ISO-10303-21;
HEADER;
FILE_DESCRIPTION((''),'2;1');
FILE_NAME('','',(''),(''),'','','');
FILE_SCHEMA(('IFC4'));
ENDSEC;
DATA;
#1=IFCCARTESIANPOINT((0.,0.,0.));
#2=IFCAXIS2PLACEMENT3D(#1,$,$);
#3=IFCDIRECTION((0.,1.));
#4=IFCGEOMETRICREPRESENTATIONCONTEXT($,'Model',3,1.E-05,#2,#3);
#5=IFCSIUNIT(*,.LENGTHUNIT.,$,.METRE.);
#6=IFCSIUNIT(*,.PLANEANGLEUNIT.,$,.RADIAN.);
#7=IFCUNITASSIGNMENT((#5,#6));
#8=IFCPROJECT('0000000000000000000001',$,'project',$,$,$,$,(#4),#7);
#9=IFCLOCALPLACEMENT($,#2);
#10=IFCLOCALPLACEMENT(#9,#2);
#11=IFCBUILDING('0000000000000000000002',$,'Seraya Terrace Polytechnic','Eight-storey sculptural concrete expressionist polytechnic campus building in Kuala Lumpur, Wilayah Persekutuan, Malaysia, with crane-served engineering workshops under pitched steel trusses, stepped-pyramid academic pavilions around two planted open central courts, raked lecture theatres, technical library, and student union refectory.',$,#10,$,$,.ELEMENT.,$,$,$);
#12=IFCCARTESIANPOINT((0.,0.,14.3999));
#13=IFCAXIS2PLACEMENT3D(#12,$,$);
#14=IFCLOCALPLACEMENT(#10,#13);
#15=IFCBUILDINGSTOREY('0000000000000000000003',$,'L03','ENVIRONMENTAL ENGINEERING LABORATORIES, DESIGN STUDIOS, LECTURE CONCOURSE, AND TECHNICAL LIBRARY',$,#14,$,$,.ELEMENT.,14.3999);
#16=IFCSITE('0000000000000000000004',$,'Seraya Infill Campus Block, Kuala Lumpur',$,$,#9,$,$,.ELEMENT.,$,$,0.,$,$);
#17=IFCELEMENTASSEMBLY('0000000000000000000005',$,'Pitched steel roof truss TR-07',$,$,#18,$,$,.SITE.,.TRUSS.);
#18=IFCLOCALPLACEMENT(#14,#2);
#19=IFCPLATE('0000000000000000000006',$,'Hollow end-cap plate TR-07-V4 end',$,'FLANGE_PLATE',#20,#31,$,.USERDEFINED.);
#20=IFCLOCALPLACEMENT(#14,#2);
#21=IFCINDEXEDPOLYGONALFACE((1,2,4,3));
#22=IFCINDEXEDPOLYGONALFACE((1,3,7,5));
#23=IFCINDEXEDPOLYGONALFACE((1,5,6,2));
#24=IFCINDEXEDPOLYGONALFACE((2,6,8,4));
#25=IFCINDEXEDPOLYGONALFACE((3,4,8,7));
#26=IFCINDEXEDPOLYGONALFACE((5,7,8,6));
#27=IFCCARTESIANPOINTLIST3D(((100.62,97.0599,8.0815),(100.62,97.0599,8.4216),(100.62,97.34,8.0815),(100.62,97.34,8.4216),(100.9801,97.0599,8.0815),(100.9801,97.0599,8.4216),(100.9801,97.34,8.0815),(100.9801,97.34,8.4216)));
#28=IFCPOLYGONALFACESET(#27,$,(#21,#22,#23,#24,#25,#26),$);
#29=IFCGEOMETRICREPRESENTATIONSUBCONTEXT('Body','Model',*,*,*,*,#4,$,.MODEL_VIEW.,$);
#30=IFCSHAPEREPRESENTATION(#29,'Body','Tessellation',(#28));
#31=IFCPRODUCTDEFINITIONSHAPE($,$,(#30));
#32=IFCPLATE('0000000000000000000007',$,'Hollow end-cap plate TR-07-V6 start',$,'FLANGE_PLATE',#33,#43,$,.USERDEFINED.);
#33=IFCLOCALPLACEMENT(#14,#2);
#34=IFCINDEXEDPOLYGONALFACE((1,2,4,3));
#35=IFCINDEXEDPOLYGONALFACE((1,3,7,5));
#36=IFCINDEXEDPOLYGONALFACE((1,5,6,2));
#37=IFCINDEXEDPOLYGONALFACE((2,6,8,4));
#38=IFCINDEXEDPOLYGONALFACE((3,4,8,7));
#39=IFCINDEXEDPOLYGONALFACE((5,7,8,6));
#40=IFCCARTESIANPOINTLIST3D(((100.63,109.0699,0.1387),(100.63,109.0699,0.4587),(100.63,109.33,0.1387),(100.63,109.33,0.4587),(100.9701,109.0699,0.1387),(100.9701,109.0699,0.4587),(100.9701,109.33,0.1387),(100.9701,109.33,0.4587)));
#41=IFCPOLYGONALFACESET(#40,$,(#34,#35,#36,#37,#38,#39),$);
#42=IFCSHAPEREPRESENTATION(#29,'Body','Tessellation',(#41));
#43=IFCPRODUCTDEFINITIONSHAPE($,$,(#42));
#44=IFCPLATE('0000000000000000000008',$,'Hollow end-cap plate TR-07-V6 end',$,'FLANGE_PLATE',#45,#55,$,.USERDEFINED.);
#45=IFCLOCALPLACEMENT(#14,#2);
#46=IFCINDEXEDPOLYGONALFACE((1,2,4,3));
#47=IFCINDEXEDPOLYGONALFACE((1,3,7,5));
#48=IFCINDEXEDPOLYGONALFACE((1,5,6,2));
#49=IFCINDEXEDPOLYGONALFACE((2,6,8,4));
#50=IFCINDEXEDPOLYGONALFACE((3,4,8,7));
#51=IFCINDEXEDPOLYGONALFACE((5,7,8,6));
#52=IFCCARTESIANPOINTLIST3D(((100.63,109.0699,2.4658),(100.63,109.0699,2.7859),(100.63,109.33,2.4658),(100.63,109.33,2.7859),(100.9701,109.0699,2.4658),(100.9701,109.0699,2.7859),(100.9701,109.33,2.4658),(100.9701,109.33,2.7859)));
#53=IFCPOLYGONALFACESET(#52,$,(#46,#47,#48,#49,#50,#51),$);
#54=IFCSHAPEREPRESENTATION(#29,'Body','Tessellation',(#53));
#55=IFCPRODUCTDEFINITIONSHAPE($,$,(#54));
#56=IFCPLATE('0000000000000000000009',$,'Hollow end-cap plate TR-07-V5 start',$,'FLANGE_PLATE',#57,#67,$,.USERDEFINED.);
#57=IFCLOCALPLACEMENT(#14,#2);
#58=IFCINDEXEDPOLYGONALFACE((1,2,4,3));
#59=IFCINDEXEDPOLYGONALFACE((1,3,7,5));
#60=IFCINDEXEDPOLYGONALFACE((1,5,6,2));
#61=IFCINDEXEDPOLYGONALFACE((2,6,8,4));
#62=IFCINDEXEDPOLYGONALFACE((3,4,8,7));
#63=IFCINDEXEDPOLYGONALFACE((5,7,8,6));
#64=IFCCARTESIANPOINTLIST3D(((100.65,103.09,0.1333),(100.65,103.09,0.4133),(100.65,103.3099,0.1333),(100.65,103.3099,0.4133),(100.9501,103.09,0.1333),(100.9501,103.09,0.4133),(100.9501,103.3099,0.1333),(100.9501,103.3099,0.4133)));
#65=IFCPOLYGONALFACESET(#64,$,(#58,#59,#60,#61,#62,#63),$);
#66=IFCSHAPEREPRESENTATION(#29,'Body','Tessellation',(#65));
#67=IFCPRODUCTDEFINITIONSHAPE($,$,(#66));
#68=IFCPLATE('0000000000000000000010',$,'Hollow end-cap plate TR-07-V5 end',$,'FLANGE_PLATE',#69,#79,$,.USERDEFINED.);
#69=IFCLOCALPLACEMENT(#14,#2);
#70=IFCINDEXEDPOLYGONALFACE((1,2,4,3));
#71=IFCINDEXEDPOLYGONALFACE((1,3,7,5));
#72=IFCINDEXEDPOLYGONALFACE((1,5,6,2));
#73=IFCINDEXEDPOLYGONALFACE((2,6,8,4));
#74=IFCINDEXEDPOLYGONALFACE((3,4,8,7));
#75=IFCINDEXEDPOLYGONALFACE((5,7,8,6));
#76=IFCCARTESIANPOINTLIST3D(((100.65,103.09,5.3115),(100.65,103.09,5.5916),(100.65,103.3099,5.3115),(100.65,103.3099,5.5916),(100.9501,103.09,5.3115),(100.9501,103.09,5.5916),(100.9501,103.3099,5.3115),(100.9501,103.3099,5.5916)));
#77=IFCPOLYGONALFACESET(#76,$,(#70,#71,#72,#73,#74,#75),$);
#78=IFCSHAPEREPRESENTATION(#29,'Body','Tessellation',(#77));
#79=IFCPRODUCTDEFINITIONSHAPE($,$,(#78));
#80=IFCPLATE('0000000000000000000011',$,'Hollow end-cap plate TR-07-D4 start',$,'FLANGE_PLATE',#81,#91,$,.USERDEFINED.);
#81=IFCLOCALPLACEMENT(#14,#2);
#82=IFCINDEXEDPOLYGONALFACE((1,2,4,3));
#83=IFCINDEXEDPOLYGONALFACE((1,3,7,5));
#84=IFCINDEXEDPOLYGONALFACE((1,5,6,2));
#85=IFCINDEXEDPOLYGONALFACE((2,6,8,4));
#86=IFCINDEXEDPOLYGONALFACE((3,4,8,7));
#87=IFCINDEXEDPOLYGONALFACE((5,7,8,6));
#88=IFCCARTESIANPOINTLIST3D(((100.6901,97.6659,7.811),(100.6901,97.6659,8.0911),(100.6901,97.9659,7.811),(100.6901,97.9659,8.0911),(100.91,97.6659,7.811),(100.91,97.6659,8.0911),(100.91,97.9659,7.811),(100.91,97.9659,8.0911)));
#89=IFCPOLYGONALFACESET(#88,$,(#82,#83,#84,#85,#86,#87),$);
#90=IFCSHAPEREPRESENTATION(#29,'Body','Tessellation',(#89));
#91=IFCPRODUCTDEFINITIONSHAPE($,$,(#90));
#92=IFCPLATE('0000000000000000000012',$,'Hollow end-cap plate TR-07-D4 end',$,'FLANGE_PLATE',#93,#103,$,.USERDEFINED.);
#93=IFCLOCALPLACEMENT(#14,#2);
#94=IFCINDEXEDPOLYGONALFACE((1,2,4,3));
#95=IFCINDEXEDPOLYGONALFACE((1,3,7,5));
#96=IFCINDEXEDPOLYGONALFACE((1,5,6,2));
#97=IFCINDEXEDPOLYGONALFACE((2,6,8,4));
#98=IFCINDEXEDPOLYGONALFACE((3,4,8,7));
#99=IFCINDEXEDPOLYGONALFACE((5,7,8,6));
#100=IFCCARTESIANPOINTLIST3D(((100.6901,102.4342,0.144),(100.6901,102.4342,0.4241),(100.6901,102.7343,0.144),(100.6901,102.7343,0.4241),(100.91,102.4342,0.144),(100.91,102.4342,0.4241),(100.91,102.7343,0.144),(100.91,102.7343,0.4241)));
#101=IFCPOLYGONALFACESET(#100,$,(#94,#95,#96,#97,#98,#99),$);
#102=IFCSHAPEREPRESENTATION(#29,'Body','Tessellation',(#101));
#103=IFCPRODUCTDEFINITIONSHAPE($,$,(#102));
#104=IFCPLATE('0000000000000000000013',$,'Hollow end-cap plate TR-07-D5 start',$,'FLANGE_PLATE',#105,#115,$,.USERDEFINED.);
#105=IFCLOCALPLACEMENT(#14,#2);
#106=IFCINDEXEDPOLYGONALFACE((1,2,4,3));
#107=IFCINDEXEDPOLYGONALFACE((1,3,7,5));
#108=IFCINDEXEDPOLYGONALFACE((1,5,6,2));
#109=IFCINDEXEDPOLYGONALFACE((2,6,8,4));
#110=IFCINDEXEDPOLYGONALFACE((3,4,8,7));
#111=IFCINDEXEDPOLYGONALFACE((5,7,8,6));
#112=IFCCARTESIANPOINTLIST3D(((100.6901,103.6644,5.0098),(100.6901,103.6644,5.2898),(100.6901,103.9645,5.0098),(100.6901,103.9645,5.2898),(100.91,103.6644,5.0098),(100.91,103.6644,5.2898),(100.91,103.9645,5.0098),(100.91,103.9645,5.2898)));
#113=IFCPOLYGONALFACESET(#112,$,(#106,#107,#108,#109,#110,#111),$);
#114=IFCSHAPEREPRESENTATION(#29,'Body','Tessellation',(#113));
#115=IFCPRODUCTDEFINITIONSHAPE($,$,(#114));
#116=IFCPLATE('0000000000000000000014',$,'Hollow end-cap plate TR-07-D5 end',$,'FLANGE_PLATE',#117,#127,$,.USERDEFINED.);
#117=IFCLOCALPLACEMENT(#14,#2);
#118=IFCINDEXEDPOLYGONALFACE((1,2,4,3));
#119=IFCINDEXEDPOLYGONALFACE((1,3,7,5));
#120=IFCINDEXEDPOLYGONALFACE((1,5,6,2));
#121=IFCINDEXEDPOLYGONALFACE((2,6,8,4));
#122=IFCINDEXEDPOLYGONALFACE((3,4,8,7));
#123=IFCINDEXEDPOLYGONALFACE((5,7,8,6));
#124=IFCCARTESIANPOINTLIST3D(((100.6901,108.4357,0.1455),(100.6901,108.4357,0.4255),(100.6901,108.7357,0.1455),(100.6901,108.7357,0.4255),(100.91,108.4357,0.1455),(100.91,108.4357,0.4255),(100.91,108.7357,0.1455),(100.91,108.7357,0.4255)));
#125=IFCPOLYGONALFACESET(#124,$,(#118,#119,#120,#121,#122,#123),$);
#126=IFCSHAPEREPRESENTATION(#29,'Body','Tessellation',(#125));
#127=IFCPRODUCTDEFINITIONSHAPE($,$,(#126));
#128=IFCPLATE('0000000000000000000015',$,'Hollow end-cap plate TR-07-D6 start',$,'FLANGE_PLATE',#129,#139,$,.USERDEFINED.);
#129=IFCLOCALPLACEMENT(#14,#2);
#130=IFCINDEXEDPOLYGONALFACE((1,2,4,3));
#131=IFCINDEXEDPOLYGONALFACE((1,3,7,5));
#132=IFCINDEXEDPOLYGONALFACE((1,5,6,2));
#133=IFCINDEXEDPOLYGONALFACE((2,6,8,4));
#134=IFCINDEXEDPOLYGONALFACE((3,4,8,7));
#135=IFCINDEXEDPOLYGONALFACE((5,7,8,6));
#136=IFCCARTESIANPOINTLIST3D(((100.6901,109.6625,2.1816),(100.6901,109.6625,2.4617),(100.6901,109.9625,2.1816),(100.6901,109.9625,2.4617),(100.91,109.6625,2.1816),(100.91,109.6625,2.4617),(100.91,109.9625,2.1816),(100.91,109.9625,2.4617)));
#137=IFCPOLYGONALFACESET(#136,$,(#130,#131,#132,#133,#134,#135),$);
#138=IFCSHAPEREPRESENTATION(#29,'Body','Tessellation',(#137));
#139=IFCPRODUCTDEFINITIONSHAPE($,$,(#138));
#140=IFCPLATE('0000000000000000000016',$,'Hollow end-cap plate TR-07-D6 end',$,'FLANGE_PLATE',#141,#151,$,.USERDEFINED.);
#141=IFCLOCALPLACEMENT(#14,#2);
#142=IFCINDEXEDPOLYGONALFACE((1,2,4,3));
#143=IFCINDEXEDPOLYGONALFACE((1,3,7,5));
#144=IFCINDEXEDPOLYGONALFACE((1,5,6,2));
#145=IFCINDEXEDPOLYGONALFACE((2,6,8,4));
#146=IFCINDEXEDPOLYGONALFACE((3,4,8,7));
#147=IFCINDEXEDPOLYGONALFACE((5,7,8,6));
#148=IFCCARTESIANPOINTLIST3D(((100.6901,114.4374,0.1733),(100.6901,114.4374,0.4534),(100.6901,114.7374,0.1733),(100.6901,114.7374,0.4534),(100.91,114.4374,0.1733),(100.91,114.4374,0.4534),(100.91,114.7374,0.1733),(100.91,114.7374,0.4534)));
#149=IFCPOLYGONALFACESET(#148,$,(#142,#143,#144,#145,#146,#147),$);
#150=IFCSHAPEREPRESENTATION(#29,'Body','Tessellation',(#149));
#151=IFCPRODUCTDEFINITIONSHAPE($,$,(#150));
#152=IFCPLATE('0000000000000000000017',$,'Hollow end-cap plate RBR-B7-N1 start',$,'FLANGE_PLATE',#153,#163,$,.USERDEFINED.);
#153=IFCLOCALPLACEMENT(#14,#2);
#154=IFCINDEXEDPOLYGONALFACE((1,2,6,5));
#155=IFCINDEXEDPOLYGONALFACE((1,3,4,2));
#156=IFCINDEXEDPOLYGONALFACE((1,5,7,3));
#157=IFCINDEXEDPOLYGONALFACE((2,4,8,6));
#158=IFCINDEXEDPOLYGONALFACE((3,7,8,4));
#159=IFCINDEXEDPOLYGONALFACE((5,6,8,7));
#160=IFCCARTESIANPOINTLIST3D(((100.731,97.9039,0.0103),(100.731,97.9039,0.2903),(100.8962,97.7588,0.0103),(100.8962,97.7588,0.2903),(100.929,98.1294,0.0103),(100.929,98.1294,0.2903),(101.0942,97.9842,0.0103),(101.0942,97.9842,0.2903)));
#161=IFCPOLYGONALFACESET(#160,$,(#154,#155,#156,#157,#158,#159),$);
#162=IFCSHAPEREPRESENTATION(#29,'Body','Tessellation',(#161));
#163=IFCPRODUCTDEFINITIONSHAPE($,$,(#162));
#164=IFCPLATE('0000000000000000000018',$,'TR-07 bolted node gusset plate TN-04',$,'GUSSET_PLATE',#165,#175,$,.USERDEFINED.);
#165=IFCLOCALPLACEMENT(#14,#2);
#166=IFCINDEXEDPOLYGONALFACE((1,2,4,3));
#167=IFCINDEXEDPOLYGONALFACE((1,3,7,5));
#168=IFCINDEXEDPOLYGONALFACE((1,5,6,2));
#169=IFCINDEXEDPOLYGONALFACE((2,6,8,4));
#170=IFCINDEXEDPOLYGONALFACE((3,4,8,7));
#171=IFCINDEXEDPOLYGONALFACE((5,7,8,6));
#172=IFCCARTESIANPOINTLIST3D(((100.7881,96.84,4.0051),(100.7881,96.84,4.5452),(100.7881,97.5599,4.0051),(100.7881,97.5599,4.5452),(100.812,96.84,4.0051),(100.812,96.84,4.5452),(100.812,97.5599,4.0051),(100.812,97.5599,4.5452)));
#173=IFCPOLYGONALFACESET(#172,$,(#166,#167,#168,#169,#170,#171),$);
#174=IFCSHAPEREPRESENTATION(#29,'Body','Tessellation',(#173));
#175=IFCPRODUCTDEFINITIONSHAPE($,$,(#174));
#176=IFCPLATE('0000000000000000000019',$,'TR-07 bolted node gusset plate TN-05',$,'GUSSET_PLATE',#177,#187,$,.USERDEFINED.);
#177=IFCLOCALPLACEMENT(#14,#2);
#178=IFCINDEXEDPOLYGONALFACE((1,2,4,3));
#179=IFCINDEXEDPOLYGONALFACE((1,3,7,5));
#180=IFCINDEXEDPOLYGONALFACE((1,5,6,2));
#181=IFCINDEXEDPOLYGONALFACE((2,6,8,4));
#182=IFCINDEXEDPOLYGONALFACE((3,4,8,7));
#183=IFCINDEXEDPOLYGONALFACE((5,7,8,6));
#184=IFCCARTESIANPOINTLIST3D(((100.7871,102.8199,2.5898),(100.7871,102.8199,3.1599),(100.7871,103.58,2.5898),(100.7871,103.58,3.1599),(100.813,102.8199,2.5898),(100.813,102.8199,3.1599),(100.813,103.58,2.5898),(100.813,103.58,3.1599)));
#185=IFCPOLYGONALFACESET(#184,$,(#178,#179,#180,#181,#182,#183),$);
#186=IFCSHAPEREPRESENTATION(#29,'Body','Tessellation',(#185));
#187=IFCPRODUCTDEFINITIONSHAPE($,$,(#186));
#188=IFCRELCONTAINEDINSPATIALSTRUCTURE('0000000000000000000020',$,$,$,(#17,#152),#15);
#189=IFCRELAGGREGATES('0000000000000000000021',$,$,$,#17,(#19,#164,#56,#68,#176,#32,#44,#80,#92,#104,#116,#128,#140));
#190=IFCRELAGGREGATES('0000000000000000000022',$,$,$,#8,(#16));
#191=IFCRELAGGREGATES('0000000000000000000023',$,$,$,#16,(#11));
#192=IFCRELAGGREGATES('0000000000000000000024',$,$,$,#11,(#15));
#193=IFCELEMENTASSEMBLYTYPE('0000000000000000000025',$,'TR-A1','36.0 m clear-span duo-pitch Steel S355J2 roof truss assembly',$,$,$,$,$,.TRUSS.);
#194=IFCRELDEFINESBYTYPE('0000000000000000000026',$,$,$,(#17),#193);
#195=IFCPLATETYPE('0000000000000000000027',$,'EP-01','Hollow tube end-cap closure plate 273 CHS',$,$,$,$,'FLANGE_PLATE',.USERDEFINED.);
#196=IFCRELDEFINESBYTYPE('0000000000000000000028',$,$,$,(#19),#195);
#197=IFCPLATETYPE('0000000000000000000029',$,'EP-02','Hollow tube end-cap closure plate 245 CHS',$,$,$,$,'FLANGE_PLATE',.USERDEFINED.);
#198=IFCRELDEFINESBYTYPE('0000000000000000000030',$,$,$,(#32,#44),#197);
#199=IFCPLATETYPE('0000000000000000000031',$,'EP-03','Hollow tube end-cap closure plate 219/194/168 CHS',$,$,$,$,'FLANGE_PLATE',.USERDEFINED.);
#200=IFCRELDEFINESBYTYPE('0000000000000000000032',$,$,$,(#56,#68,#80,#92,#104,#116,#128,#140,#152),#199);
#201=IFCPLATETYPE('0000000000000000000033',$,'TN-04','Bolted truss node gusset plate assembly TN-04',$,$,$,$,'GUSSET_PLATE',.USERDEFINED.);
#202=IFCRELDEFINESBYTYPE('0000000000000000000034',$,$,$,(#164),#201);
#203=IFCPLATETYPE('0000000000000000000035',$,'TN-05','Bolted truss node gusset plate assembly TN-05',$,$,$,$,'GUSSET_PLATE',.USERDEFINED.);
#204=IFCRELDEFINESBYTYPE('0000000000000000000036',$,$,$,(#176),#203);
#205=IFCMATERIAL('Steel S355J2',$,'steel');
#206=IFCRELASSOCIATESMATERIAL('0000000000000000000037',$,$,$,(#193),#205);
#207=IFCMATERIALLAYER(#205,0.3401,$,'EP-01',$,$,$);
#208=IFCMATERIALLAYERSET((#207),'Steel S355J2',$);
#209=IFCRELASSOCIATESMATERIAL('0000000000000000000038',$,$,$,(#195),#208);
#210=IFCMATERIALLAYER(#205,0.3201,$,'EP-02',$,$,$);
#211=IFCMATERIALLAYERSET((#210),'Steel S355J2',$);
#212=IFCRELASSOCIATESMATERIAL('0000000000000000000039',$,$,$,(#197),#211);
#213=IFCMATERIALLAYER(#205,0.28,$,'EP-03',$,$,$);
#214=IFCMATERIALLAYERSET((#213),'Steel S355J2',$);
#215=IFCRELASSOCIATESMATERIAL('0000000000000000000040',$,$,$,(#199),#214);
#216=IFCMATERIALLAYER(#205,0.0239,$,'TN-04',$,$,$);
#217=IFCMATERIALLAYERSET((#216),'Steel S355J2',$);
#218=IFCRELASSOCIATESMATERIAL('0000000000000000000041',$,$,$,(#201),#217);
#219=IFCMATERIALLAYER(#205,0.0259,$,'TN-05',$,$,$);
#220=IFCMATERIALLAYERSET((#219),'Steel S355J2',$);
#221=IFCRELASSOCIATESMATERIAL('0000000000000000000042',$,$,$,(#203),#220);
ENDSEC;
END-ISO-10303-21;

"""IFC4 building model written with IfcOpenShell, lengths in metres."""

from ifc_helpers import new_model, si_unit, direction, frame, origin, origin_2d, place, context, subcontext, project, spatial, rectangle, extrude, material, layer, layer_set, type_object, element, aggregate, save


model = new_model("IFC4")

# Units and contexts
model_context = context("Model", 3, precision=1e-05, world=origin(), true_north=direction((0.0, 1.0)))
body_context = subcontext(model_context, "Body", "Model", "MODEL_VIEW")
ifc_project = project(units=[si_unit("LENGTHUNIT", "METRE"), si_unit("PLANEANGLEUNIT", "RADIAN")], contexts=[model_context])

# Site, building, storey
site_placement = place(None, origin())
site = spatial("IfcSite", under=ifc_project, at=site_placement, Name="Seraya Infill Campus Block, Kuala Lumpur", CompositionType="ELEMENT", RefElevation=0.0)
building_placement = place(site_placement, origin())
building = spatial("IfcBuilding", under=site, at=building_placement, Name="Seraya Terrace Polytechnic", Description="Eight-storey sculptural concrete expressionist polytechnic campus building in Kuala Lumpur, Wilayah Persekutuan, Malaysia, with crane-served engineering workshops under pitched steel trusses, stepped-pyramid academic pavilions around two planted open central courts, raked lecture theatres, technical library, and student union refectory.", CompositionType="ELEMENT")
storey_placement = place(building_placement, frame((0.0, 0.0, 14.3999)))
storey = spatial("IfcBuildingStorey", under=building, at=storey_placement, Name="L03", Description="ENVIRONMENTAL ENGINEERING LABORATORIES, DESIGN STUDIOS, LECTURE CONCOURSE, AND TECHNICAL LIBRARY", CompositionType="ELEMENT", Elevation=14.3999)

# Element assembly
ifc_material_1 = material(Name="Steel S355J2", Category="steel")
element_assembly_type = type_object("IfcElementAssemblyType", Name="TR-A1", Description="36.0 m clear-span duo-pitch Steel S355J2 roof truss assembly", PredefinedType="TRUSS", material=ifc_material_1)
assembly_placement = place(storey_placement, origin())
assembly = element("IfcElementAssembly", 1, at=assembly_placement, inside=storey, type_object=element_assembly_type, Name="Pitched steel roof truss TR-07", AssemblyPlace="SITE", PredefinedType="TRUSS")

# Plates
ifc_layer_1 = layer(ifc_material_1, 0.3401, Name="EP-01")
ifc_layer_set_1 = layer_set([ifc_layer_1], Name="Steel S355J2")
plate_type_1 = type_object("IfcPlateType", Name="EP-01", Description="Hollow tube end-cap closure plate 273 CHS", ElementType="FLANGE_PLATE", PredefinedType="USERDEFINED", material=ifc_layer_set_1)
plate_1_placement = place(storey_placement, frame((100.8, 97.2, 8.0815), z_axis=(0.0, 0.0, 1.0), x_axis=(1.0, 0.0, 0.0)))
plate_1 = element("IfcPlate", 2, at=plate_1_placement, type_object=plate_type_1, Name="Hollow end-cap plate TR-07-V4 end", ObjectType="FLANGE_PLATE", PredefinedType="USERDEFINED", context=body_context, shape_type="SweptSolid", body=[
    extrude(rectangle(XDim=0.3601, YDim=0.28, at=origin_2d()), origin(), (0.0, 0.0, 1.0), 0.3401),
])
ifc_layer_2 = layer(ifc_material_1, 0.3201, Name="EP-02")
ifc_layer_set_2 = layer_set([ifc_layer_2], Name="Steel S355J2")
plate_type_2 = type_object("IfcPlateType", Name="EP-02", Description="Hollow tube end-cap closure plate 245 CHS", ElementType="FLANGE_PLATE", PredefinedType="USERDEFINED", material=ifc_layer_set_2)
plate_2_placement = place(storey_placement, frame((100.8, 109.2, 0.1387), z_axis=(0.0, 0.0, 1.0), x_axis=(1.0, 0.0, 0.0)))
plate_2 = element("IfcPlate", 3, at=plate_2_placement, type_object=plate_type_2, Name="Hollow end-cap plate TR-07-V6 start", ObjectType="FLANGE_PLATE", PredefinedType="USERDEFINED", context=body_context, shape_type="SweptSolid", body=[
    extrude(rectangle(XDim=0.3401, YDim=0.26, at=origin_2d()), origin(), (0.0, 0.0, 1.0), 0.3201),
])
plate_3_placement = place(storey_placement, frame((100.8, 109.2, 2.4658), z_axis=(0.0, 0.0, 1.0), x_axis=(1.0, 0.0, 0.0)))
plate_3 = element("IfcPlate", 4, at=plate_3_placement, type_object=plate_type_2, Name="Hollow end-cap plate TR-07-V6 end", ObjectType="FLANGE_PLATE", PredefinedType="USERDEFINED", context=body_context, shape_type="SweptSolid", body=[
    extrude(rectangle(XDim=0.3401, YDim=0.26, at=origin_2d()), origin(), (0.0, 0.0, 1.0), 0.3201),
])
ifc_layer_3 = layer(ifc_material_1, 0.28, Name="EP-03")
ifc_layer_set_3 = layer_set([ifc_layer_3], Name="Steel S355J2")
plate_type_3 = type_object("IfcPlateType", Name="EP-03", Description="Hollow tube end-cap closure plate 219/194/168 CHS", ElementType="FLANGE_PLATE", PredefinedType="USERDEFINED", material=ifc_layer_set_3)
plate_4_placement = place(storey_placement, frame((100.8, 103.2, 0.1333), z_axis=(0.0, 0.0, 1.0), x_axis=(1.0, 0.0, 0.0)))
plate_4 = element("IfcPlate", 5, at=plate_4_placement, type_object=plate_type_3, Name="Hollow end-cap plate TR-07-V5 start", ObjectType="FLANGE_PLATE", PredefinedType="USERDEFINED", context=body_context, shape_type="SweptSolid", body=[
    extrude(rectangle(XDim=0.3, YDim=0.22, at=origin_2d()), origin(), (0.0, 0.0, 1.0), 0.28),
])
plate_5_placement = place(storey_placement, frame((100.8, 103.2, 5.3115), z_axis=(0.0, 0.0, 1.0), x_axis=(1.0, 0.0, 0.0)))
plate_5 = element("IfcPlate", 6, at=plate_5_placement, type_object=plate_type_3, Name="Hollow end-cap plate TR-07-V5 end", ObjectType="FLANGE_PLATE", PredefinedType="USERDEFINED", context=body_context, shape_type="SweptSolid", body=[
    extrude(rectangle(XDim=0.3, YDim=0.22, at=origin_2d()), origin(), (0.0, 0.0, 1.0), 0.28),
])
plate_6_placement = place(storey_placement, frame((100.8, 97.8159, 7.811), z_axis=(0.0, 0.0, 1.0), x_axis=(0.0, 1.0, 0.0)))
plate_6 = element("IfcPlate", 7, at=plate_6_placement, type_object=plate_type_3, Name="Hollow end-cap plate TR-07-D4 start", ObjectType="FLANGE_PLATE", PredefinedType="USERDEFINED", context=body_context, shape_type="SweptSolid", body=[
    extrude(rectangle(XDim=0.3, YDim=0.22, at=origin_2d()), origin(), (0.0, 0.0, 1.0), 0.28),
])
plate_7_placement = place(storey_placement, frame((100.8, 102.5842, 0.144), z_axis=(0.0, 0.0, 1.0), x_axis=(0.0, 1.0, 0.0)))
plate_7 = element("IfcPlate", 8, at=plate_7_placement, type_object=plate_type_3, Name="Hollow end-cap plate TR-07-D4 end", ObjectType="FLANGE_PLATE", PredefinedType="USERDEFINED", context=body_context, shape_type="SweptSolid", body=[
    extrude(rectangle(XDim=0.3, YDim=0.22, at=origin_2d()), origin(), (0.0, 0.0, 1.0), 0.28),
])
plate_8_placement = place(storey_placement, frame((100.8, 103.8145, 5.0098), z_axis=(0.0, 0.0, 1.0), x_axis=(0.0, 1.0, 0.0)))
plate_8 = element("IfcPlate", 9, at=plate_8_placement, type_object=plate_type_3, Name="Hollow end-cap plate TR-07-D5 start", ObjectType="FLANGE_PLATE", PredefinedType="USERDEFINED", context=body_context, shape_type="SweptSolid", body=[
    extrude(rectangle(XDim=0.3, YDim=0.22, at=origin_2d()), origin(), (0.0, 0.0, 1.0), 0.28),
])
plate_9_placement = place(storey_placement, frame((100.8, 108.5857, 0.1455), z_axis=(0.0, 0.0, 1.0), x_axis=(0.0, 1.0, 0.0)))
plate_9 = element("IfcPlate", 10, at=plate_9_placement, type_object=plate_type_3, Name="Hollow end-cap plate TR-07-D5 end", ObjectType="FLANGE_PLATE", PredefinedType="USERDEFINED", context=body_context, shape_type="SweptSolid", body=[
    extrude(rectangle(XDim=0.3, YDim=0.22, at=origin_2d()), origin(), (0.0, 0.0, 1.0), 0.28),
])
plate_10_placement = place(storey_placement, frame((100.8, 109.8125, 2.1816), z_axis=(0.0, 0.0, 1.0), x_axis=(0.0, 1.0, 0.0)))
plate_10 = element("IfcPlate", 11, at=plate_10_placement, type_object=plate_type_3, Name="Hollow end-cap plate TR-07-D6 start", ObjectType="FLANGE_PLATE", PredefinedType="USERDEFINED", context=body_context, shape_type="SweptSolid", body=[
    extrude(rectangle(XDim=0.3, YDim=0.22, at=origin_2d()), origin(), (0.0, 0.0, 1.0), 0.28),
])
plate_11_placement = place(storey_placement, frame((100.8, 114.5874, 0.1733), z_axis=(0.0, 0.0, 1.0), x_axis=(0.0, 1.0, 0.0)))
plate_11 = element("IfcPlate", 12, at=plate_11_placement, type_object=plate_type_3, Name="Hollow end-cap plate TR-07-D6 end", ObjectType="FLANGE_PLATE", PredefinedType="USERDEFINED", context=body_context, shape_type="SweptSolid", body=[
    extrude(rectangle(XDim=0.3, YDim=0.22, at=origin_2d()), origin(), (0.0, 0.0, 1.0), 0.28),
])
plate_12_placement = place(storey_placement, frame((100.9126, 97.9441, 0.0103), z_axis=(0.0, 0.0, 1.0), x_axis=(0.659871, 0.751379, 0.0)))
element("IfcPlate", 13, at=plate_12_placement, inside=storey, type_object=plate_type_3, Name="Hollow end-cap plate RBR-B7-N1 start", ObjectType="FLANGE_PLATE", PredefinedType="USERDEFINED", context=body_context, shape_type="SweptSolid", body=[
    extrude(rectangle(XDim=0.3, YDim=0.22, at=origin_2d()), origin(), (0.0, 0.0, 1.0), 0.28),
])
ifc_layer_4 = layer(ifc_material_1, 0.0239, Name="TN-04")
ifc_layer_set_4 = layer_set([ifc_layer_4], Name="Steel S355J2")
plate_type_4 = type_object("IfcPlateType", Name="TN-04", Description="Bolted truss node gusset plate assembly TN-04", ElementType="GUSSET_PLATE", PredefinedType="USERDEFINED", material=ifc_layer_set_4)
plate_13_placement = place(storey_placement, frame((100.8, 97.2, 4.0051), z_axis=(0.0, 0.0, 1.0), x_axis=(0.0, 1.0, 0.0)))
plate_13 = element("IfcPlate", 14, at=plate_13_placement, type_object=plate_type_4, Name="TR-07 bolted node gusset plate TN-04", ObjectType="GUSSET_PLATE", PredefinedType="USERDEFINED", context=body_context, shape_type="SweptSolid", body=[
    extrude(rectangle(XDim=0.72, YDim=0.0239, at=origin_2d()), origin(), (0.0, 0.0, 1.0), 0.54),
])
ifc_layer_5 = layer(ifc_material_1, 0.0259, Name="TN-05")
ifc_layer_set_5 = layer_set([ifc_layer_5], Name="Steel S355J2")
plate_type_5 = type_object("IfcPlateType", Name="TN-05", Description="Bolted truss node gusset plate assembly TN-05", ElementType="GUSSET_PLATE", PredefinedType="USERDEFINED", material=ifc_layer_set_5)
plate_14_placement = place(storey_placement, frame((100.8, 103.2, 2.5898), z_axis=(0.0, 0.0, 1.0), x_axis=(0.0, 1.0, 0.0)))
plate_14 = element("IfcPlate", 15, at=plate_14_placement, type_object=plate_type_5, Name="TR-07 bolted node gusset plate TN-05", ObjectType="GUSSET_PLATE", PredefinedType="USERDEFINED", context=body_context, shape_type="SweptSolid", body=[
    extrude(rectangle(XDim=0.76, YDim=0.0259, at=origin_2d()), origin(), (0.0, 0.0, 1.0), 0.5701),
])
aggregate(assembly, [plate_1, plate_13, plate_4, plate_5, plate_14, plate_2, plate_3, plate_6, plate_7, plate_8, plate_9, plate_10, plate_11])

save(model, "model.ifc")
